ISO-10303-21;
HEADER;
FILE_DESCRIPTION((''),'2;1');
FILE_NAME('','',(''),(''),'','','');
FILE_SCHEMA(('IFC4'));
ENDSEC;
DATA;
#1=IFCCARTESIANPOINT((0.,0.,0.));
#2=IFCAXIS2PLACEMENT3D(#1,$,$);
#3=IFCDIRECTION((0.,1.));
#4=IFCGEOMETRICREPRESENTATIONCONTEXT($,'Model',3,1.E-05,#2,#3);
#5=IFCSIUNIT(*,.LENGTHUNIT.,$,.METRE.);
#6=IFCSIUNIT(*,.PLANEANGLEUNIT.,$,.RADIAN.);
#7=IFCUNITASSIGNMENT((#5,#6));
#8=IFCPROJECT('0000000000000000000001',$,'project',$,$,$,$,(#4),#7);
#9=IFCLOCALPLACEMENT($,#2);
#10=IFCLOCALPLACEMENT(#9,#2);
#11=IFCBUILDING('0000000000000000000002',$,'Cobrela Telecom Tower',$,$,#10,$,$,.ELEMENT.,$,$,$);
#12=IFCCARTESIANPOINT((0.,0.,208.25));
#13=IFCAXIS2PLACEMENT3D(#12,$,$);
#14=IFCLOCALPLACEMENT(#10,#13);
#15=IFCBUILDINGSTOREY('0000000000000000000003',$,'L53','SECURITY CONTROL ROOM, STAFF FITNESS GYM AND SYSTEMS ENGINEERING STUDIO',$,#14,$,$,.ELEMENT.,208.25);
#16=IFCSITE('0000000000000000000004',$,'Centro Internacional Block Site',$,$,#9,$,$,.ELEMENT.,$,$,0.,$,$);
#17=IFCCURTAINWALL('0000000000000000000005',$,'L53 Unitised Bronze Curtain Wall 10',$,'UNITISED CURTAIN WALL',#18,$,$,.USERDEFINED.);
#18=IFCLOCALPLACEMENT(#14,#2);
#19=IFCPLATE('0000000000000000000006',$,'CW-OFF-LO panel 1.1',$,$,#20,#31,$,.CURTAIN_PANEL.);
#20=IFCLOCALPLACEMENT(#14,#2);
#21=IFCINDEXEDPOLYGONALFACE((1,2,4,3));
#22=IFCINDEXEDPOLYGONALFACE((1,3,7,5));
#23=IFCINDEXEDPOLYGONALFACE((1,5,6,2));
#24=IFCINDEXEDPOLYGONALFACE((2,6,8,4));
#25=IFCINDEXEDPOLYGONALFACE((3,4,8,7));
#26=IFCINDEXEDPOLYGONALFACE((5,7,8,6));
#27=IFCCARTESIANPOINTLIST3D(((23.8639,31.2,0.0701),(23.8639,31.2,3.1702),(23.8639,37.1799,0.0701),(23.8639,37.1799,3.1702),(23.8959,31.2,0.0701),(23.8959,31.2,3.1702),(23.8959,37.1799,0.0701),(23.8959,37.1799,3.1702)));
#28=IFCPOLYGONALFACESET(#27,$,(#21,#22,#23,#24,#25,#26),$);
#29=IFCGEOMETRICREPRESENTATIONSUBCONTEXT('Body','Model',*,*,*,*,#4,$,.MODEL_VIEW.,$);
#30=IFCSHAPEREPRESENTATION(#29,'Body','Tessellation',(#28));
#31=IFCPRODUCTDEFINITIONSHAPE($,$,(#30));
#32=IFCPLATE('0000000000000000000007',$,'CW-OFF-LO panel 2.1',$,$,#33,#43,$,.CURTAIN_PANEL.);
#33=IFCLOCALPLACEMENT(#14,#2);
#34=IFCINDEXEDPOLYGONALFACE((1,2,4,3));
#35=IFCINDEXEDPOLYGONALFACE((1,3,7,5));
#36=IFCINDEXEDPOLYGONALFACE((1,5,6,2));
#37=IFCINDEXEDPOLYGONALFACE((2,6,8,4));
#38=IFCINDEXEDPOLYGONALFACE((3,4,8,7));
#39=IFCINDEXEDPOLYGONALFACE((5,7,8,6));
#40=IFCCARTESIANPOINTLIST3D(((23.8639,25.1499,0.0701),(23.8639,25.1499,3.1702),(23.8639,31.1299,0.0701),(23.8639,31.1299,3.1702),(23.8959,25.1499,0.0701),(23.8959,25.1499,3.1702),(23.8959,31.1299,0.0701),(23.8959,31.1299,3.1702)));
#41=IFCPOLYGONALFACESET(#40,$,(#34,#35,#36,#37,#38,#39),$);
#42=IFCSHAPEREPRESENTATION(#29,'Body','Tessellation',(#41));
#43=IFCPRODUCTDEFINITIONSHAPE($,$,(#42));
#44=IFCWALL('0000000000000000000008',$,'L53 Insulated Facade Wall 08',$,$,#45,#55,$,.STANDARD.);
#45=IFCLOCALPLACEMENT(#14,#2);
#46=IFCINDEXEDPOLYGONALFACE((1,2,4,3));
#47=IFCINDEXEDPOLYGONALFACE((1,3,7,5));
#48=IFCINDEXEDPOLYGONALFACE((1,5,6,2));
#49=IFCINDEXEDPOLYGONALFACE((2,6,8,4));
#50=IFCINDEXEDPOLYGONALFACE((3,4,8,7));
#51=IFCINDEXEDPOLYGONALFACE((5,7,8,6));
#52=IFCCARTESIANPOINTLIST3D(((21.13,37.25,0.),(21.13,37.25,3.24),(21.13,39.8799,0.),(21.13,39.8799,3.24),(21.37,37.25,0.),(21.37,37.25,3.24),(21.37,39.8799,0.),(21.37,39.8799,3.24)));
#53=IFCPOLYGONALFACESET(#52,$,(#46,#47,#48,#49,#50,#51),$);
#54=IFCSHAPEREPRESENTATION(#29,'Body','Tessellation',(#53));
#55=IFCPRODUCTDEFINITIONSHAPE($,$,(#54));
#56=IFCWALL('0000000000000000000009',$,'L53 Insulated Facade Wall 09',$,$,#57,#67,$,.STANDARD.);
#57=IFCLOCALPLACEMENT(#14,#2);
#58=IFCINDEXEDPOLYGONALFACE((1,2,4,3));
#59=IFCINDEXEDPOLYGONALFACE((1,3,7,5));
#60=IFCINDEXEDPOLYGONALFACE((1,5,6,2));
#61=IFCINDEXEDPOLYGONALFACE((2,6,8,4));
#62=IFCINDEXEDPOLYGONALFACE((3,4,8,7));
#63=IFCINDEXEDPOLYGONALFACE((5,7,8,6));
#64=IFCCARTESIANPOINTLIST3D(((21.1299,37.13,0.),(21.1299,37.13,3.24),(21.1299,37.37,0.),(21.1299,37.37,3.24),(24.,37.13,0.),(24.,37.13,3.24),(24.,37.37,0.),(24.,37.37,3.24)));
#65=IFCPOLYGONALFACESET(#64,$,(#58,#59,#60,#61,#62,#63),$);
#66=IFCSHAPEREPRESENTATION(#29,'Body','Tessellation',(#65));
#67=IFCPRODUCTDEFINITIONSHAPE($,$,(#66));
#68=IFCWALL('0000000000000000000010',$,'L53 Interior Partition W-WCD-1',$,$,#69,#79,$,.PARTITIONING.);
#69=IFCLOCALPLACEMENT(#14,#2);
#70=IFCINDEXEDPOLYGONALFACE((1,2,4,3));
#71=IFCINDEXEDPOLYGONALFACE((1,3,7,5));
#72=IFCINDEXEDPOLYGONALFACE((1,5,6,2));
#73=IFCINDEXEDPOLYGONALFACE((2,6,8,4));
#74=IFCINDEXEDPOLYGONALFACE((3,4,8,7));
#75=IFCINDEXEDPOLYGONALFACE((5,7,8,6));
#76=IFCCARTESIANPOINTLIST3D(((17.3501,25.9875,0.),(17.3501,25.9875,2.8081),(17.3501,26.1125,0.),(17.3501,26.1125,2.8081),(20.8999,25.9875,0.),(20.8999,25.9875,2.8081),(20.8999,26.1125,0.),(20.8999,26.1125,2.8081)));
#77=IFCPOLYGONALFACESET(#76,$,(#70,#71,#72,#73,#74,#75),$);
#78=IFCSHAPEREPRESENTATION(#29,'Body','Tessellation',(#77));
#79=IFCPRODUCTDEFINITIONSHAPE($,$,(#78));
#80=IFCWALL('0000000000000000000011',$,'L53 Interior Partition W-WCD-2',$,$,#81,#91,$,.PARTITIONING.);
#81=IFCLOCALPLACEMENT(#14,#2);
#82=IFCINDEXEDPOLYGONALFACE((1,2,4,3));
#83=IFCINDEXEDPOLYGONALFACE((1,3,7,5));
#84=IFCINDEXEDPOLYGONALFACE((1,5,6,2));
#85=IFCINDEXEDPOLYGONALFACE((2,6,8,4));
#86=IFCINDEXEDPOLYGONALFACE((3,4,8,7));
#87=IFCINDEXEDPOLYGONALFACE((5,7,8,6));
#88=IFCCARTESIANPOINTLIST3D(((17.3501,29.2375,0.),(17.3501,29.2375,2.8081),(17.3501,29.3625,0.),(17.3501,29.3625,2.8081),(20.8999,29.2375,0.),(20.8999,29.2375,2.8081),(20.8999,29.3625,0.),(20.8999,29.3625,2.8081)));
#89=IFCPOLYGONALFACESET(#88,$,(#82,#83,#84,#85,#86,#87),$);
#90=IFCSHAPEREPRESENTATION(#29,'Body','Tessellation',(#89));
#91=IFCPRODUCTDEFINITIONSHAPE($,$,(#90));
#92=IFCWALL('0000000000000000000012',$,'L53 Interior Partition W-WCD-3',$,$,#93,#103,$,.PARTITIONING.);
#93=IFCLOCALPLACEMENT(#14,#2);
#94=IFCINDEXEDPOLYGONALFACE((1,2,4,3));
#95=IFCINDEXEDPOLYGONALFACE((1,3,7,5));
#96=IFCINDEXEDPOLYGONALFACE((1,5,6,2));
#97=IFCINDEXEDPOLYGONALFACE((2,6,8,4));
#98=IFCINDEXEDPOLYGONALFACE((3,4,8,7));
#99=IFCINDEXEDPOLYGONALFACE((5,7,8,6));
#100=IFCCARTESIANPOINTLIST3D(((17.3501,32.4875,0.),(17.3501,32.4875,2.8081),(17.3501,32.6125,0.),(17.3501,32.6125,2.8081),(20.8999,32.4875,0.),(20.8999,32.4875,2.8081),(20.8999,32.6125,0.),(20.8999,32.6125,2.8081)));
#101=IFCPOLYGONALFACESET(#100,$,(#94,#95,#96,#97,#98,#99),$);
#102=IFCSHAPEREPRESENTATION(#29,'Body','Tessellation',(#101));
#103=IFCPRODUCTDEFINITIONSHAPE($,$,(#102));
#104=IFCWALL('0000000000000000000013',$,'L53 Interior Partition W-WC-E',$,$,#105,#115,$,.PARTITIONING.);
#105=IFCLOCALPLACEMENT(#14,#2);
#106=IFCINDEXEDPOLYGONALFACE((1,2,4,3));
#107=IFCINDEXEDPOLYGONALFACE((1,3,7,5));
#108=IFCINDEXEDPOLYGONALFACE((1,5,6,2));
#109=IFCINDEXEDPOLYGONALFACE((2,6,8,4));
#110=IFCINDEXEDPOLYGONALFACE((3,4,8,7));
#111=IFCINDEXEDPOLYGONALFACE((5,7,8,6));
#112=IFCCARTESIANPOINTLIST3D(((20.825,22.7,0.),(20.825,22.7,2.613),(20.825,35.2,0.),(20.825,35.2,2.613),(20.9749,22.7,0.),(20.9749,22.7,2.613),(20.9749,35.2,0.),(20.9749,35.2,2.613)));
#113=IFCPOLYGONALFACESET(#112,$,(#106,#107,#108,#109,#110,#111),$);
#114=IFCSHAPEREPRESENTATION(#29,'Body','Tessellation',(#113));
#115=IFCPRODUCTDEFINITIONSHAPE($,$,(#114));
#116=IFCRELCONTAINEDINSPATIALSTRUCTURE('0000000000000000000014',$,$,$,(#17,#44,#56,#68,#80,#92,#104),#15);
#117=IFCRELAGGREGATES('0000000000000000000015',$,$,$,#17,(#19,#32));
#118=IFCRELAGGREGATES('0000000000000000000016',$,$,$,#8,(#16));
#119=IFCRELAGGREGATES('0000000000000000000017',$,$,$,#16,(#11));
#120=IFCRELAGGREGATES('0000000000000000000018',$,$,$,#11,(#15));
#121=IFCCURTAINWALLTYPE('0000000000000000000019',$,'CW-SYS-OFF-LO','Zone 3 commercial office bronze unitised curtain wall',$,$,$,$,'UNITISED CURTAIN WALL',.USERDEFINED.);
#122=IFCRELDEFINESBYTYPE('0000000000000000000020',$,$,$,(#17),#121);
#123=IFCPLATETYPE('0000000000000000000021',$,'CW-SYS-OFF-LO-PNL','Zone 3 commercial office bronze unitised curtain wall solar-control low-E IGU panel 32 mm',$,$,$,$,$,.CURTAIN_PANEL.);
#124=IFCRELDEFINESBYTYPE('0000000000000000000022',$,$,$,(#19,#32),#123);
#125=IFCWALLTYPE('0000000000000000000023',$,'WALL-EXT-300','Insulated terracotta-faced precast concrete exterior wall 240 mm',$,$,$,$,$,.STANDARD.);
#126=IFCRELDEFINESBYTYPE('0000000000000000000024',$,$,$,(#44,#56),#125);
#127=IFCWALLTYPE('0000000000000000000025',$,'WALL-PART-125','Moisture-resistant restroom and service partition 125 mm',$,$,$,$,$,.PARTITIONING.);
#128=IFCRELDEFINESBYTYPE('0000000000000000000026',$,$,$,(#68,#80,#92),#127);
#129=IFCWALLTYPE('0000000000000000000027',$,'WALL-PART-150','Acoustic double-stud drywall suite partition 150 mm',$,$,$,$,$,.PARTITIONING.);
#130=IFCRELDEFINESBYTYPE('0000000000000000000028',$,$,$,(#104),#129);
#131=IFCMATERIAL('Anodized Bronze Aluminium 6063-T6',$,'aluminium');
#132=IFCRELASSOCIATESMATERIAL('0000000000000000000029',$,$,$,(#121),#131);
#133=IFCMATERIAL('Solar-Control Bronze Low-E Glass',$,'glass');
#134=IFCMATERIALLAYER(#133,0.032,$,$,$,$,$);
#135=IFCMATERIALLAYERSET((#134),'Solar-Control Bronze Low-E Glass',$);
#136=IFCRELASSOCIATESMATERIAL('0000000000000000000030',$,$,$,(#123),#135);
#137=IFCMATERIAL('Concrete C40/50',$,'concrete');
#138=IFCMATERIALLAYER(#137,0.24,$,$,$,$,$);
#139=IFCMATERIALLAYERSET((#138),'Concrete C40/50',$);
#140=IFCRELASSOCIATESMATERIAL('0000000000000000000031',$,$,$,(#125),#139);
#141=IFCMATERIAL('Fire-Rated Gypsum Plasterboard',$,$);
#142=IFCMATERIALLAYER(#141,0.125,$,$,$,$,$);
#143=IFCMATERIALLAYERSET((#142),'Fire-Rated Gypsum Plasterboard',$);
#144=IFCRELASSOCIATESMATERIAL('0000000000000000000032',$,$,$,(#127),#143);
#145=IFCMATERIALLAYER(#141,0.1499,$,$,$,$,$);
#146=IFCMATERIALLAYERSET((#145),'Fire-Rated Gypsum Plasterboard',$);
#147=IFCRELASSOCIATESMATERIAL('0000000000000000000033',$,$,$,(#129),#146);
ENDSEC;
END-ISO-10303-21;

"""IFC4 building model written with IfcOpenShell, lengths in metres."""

from ifc_helpers import new_model, si_unit, direction, frame, frame_2d, origin, origin_2d, place, context, subcontext, project, spatial, rectangle, extrude, material, layer, layer_set, type_object, element, aggregate, save


model = new_model("IFC4")

# Units and contexts
model_context = context("Model", 3, precision=1e-05, world=origin(), true_north=direction((0.0, 1.0)))
body_context = subcontext(model_context, "Body", "Model", "MODEL_VIEW")
ifc_project = project(units=[si_unit("LENGTHUNIT", "METRE"), si_unit("PLANEANGLEUNIT", "RADIAN")], contexts=[model_context])

# Site, building, storey
site_placement = place(None, origin())
site = spatial("IfcSite", under=ifc_project, at=site_placement, Name="Centro Internacional Block Site", CompositionType="ELEMENT", RefElevation=0.0)
building_placement = place(site_placement, origin())
building = spatial("IfcBuilding", under=site, at=building_placement, Name="Cobrela Telecom Tower", CompositionType="ELEMENT")
storey_placement = place(building_placement, frame((0.0, 0.0, 208.25)))
storey = spatial("IfcBuildingStorey", under=building, at=storey_placement, Name="L53", Description="SECURITY CONTROL ROOM, STAFF FITNESS GYM AND SYSTEMS ENGINEERING STUDIO", CompositionType="ELEMENT", Elevation=208.25)

# Shared definitions
ifc_material_1 = material(Name="Anodized Bronze Aluminium 6063-T6", Category="aluminium")
curtain_wall_type = type_object("IfcCurtainWallType", Name="CW-SYS-OFF-LO", Description="Zone 3 commercial office bronze unitised curtain wall", ElementType="UNITISED CURTAIN WALL", PredefinedType="USERDEFINED", material=ifc_material_1)

# Curtain wall
curtain_wall_1_placement = place(storey_placement, origin())
curtain_wall_1 = element("IfcCurtainWall", 1, at=curtain_wall_1_placement, inside=storey, type_object=curtain_wall_type, Name="L53 Unitised Bronze Curtain Wall 10", ObjectType="UNITISED CURTAIN WALL", PredefinedType="USERDEFINED")

# Plates
ifc_material_2 = material(Name="Solar-Control Bronze Low-E Glass", Category="glass")
ifc_layer_1 = layer(ifc_material_2, 0.032)
ifc_layer_set_1 = layer_set([ifc_layer_1], Name="Solar-Control Bronze Low-E Glass")
plate_type = type_object("IfcPlateType", Name="CW-SYS-OFF-LO-PNL", Description="Zone 3 commercial office bronze unitised curtain wall solar-control low-E IGU panel 32 mm", PredefinedType="CURTAIN_PANEL", material=ifc_layer_set_1)
plate_1_placement = place(storey_placement, frame((23.8799, 34.1899, 0.0701), z_axis=(0.0, 0.0, 1.0), x_axis=(0.0, -1.0, 0.0)))
plate_1 = element("IfcPlate", 2, at=plate_1_placement, type_object=plate_type, Name="CW-OFF-LO panel 1.1", PredefinedType="CURTAIN_PANEL", context=body_context, shape_type="SweptSolid", body=[
    extrude(rectangle(XDim=5.98, YDim=0.032, at=origin_2d()), origin(), (0.0, 0.0, 1.0), 3.1001),
])
plate_2_placement = place(storey_placement, frame((23.8799, 28.1399, 0.0701), z_axis=(0.0, 0.0, 1.0), x_axis=(0.0, -1.0, 0.0)))
plate_2 = element("IfcPlate", 3, at=plate_2_placement, type_object=plate_type, Name="CW-OFF-LO panel 2.1", PredefinedType="CURTAIN_PANEL", context=body_context, shape_type="SweptSolid", body=[
    extrude(rectangle(XDim=5.98, YDim=0.032, at=origin_2d()), origin(), (0.0, 0.0, 1.0), 3.1001),
])
aggregate(curtain_wall_1, [plate_1, plate_2])

# Walls
ifc_material_3 = material(Name="Concrete C40/50", Category="concrete")
ifc_layer_2 = layer(ifc_material_3, 0.24)
ifc_layer_set_2 = layer_set([ifc_layer_2], Name="Concrete C40/50")
wall_type_1 = type_object("IfcWallType", Name="WALL-EXT-300", Description="Insulated terracotta-faced precast concrete exterior wall 240 mm", PredefinedType="STANDARD", material=ifc_layer_set_2)
wall_1_placement = place(storey_placement, frame((21.25, 39.8799, 0.0), z_axis=(0.0, 0.0, 1.0), x_axis=(0.0, -1.0, 0.0)))
element("IfcWall", 4, at=wall_1_placement, inside=storey, type_object=wall_type_1, Name="L53 Insulated Facade Wall 08", PredefinedType="STANDARD", context=body_context, shape_type="SweptSolid", body=[
    extrude(rectangle(XDim=2.6299, YDim=0.24, at=frame_2d((1.3149, 0.0))), origin(), (0.0, 0.0, 1.0), 3.24),
])
wall_2_placement = place(storey_placement, frame((21.1299, 37.25, 0.0), z_axis=(0.0, 0.0, 1.0), x_axis=(1.0, 0.0, 0.0)))
element("IfcWall", 5, at=wall_2_placement, inside=storey, type_object=wall_type_1, Name="L53 Insulated Facade Wall 09", PredefinedType="STANDARD", context=body_context, shape_type="SweptSolid", body=[
    extrude(rectangle(XDim=2.8701, YDim=0.24, at=frame_2d((1.4351, 0.0))), origin(), (0.0, 0.0, 1.0), 3.24),
])
ifc_material_4 = material(Name="Fire-Rated Gypsum Plasterboard")
ifc_layer_3 = layer(ifc_material_4, 0.125)
ifc_layer_set_3 = layer_set([ifc_layer_3], Name="Fire-Rated Gypsum Plasterboard")
wall_type_2 = type_object("IfcWallType", Name="WALL-PART-125", Description="Moisture-resistant restroom and service partition 125 mm", PredefinedType="PARTITIONING", material=ifc_layer_set_3)
for number, where, z_axis, x_axis, name in (
    (6, (17.3501, 26.05, 0.0), (0.0, 0.0, 1.0), (1.0, 0.0, 0.0), "L53 Interior Partition W-WCD-1"),
    (7, (17.3501, 29.3, 0.0), (0.0, 0.0, 1.0), (1.0, 0.0, 0.0), "L53 Interior Partition W-WCD-2"),
    (8, (17.3501, 32.55, 0.0), (0.0, 0.0, 1.0), (1.0, 0.0, 0.0), "L53 Interior Partition W-WCD-3"),
):
    element("IfcWall", number, at=place(storey_placement, frame(where, z_axis=z_axis, x_axis=x_axis)), inside=storey, type_object=wall_type_2, Name=name, PredefinedType="PARTITIONING", context=body_context, shape_type="SweptSolid", body=[
        extrude(rectangle(XDim=3.5498, YDim=0.125, at=frame_2d((1.7749, 0.0))), origin(), (0.0, 0.0, 1.0), 2.8081),
    ])
ifc_layer_4 = layer(ifc_material_4, 0.1499)
ifc_layer_set_4 = layer_set([ifc_layer_4], Name="Fire-Rated Gypsum Plasterboard")
wall_type_3 = type_object("IfcWallType", Name="WALL-PART-150", Description="Acoustic double-stud drywall suite partition 150 mm", PredefinedType="PARTITIONING", material=ifc_layer_set_4)
wall_3_placement = place(storey_placement, frame((20.8999, 22.7, 0.0), z_axis=(0.0, 0.0, 1.0), x_axis=(0.0, 1.0, 0.0)))
element("IfcWall", 9, at=wall_3_placement, inside=storey, type_object=wall_type_3, Name="L53 Interior Partition W-WC-E", PredefinedType="PARTITIONING", context=body_context, shape_type="SweptSolid", body=[
    extrude(rectangle(XDim=12.5, YDim=0.1499, at=frame_2d((6.25, 0.0))), origin(), (0.0, 0.0, 1.0), 2.613),
])

save(model, "model.ifc")
